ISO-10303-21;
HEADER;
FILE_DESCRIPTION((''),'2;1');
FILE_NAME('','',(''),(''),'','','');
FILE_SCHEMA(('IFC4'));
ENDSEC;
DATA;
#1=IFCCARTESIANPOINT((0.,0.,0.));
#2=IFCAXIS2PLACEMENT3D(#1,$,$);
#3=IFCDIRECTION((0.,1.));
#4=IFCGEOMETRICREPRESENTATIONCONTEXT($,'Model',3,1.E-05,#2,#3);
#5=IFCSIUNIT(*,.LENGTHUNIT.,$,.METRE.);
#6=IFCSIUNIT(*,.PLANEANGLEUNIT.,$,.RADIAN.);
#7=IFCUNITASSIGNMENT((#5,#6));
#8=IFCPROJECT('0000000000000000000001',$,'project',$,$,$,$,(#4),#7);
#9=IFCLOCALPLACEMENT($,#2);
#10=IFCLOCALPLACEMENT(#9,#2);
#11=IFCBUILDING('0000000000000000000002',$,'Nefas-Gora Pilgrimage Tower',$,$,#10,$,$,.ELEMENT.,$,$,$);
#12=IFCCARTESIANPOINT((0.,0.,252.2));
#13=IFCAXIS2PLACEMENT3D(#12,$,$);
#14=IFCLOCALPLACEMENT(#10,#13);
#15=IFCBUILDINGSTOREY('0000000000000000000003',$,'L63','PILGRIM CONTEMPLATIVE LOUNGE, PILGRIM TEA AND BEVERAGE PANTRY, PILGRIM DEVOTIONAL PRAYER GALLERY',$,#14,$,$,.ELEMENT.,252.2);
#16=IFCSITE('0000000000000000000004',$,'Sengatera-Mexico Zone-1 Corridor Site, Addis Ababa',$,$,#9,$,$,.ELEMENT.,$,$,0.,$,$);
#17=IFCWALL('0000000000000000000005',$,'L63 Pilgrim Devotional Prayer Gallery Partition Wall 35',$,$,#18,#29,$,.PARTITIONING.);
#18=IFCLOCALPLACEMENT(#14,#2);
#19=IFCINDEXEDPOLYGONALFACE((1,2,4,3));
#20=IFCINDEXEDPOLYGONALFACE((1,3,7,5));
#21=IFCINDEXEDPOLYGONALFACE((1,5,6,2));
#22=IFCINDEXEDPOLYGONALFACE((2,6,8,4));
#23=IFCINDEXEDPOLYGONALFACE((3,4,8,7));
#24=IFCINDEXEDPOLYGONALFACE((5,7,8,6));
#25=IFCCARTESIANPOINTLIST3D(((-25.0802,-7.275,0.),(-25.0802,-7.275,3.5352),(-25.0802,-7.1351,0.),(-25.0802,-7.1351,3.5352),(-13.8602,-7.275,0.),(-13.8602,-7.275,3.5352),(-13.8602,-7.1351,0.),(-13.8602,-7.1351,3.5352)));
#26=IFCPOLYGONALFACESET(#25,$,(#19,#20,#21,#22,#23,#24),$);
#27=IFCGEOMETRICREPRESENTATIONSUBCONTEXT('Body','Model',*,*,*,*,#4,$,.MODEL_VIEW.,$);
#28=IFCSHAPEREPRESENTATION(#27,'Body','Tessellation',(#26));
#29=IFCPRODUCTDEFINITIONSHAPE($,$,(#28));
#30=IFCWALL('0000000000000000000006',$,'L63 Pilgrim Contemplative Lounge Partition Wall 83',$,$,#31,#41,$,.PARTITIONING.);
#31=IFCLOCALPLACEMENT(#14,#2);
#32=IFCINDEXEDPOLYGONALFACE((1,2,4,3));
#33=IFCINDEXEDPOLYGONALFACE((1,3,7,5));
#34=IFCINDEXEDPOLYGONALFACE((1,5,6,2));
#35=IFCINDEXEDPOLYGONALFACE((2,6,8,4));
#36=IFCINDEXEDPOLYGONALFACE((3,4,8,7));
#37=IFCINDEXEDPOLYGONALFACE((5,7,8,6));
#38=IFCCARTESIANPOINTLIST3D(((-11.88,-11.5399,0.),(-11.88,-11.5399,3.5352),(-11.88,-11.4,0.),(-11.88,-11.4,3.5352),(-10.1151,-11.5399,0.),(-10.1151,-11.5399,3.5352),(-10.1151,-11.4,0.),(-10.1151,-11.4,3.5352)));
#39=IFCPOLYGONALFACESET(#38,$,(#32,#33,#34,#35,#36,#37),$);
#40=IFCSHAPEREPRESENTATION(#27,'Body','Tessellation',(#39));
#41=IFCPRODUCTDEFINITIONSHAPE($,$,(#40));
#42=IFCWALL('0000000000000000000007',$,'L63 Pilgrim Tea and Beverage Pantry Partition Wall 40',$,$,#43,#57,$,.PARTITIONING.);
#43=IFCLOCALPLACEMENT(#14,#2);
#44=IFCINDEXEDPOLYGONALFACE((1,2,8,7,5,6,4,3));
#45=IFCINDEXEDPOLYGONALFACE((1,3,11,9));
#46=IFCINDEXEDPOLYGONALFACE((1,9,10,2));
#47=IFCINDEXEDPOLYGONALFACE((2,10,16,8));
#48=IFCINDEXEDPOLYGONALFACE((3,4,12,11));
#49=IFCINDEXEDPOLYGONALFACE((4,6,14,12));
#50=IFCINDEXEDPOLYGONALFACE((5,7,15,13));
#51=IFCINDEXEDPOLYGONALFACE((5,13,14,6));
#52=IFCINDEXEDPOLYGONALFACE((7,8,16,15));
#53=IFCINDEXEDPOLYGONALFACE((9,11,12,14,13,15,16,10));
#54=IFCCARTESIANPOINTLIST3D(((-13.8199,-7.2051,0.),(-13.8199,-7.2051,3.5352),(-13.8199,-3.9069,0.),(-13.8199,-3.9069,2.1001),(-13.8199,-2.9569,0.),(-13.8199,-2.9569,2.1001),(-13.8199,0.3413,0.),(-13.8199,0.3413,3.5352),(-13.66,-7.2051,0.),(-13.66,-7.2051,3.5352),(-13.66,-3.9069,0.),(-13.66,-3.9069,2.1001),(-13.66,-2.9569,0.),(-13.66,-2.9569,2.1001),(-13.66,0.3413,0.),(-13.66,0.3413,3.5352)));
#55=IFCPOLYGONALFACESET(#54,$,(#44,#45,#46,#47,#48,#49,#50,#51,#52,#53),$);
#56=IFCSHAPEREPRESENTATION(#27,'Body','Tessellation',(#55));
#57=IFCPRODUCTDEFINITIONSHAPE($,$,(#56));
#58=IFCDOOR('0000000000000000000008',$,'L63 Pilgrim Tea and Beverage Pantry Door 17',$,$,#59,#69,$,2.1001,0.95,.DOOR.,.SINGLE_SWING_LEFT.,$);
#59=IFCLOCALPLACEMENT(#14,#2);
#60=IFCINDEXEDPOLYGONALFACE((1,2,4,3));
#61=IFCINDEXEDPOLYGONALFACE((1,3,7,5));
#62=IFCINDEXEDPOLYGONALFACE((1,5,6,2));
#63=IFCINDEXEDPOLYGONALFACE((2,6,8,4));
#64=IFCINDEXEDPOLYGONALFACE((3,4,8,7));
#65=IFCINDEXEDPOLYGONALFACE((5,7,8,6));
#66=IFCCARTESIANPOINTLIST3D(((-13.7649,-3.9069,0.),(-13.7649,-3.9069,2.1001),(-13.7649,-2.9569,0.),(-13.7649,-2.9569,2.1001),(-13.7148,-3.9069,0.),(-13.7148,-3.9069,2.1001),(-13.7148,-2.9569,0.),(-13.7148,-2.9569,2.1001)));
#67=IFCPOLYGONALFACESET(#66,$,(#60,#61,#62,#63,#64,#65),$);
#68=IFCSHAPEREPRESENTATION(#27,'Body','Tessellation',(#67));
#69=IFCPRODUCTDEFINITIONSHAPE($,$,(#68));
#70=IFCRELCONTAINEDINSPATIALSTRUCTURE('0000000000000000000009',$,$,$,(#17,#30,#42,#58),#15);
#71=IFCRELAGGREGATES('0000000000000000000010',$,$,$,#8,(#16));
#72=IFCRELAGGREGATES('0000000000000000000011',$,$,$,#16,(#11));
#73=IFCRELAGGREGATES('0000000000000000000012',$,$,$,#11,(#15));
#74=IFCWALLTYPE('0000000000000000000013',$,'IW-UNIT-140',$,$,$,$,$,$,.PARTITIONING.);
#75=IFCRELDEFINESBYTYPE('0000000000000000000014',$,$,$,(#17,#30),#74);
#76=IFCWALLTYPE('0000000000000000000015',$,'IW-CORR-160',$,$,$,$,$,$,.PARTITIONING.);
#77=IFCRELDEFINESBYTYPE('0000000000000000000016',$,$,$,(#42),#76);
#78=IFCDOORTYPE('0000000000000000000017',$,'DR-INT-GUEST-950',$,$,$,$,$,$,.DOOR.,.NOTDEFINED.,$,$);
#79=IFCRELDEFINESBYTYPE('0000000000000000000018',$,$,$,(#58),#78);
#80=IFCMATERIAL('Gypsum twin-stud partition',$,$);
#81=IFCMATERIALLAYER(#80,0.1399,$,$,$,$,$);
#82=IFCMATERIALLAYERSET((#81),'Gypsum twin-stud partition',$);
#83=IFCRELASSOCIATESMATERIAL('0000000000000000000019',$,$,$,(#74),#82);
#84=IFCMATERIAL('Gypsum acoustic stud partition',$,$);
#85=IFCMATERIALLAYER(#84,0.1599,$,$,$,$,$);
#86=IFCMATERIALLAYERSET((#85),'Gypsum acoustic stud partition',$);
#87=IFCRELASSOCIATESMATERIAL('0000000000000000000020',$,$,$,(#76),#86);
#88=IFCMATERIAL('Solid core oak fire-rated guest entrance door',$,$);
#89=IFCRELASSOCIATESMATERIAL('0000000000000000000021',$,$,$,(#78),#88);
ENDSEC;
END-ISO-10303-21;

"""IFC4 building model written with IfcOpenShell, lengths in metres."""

from ifc_helpers import new_model, si_unit, direction, frame, frame_2d, origin, place, context, subcontext, project, spatial, rectangle, extrude, source, transform, mapped, material, layer, layer_set, type_object, element, fill, save


model = new_model("IFC4")

# Units and contexts
model_context = context("Model", 3, precision=1e-05, world=origin(), true_north=direction((0.0, 1.0)))
body_context = subcontext(model_context, "Body", "Model", "MODEL_VIEW")
ifc_project = project(units=[si_unit("LENGTHUNIT", "METRE"), si_unit("PLANEANGLEUNIT", "RADIAN")], contexts=[model_context])

# Site, building, storey
site_placement = place(None, origin())
site = spatial("IfcSite", under=ifc_project, at=site_placement, Name="Sengatera-Mexico Zone-1 Corridor Site, Addis Ababa", CompositionType="ELEMENT", RefElevation=0.0)
building_placement = place(site_placement, origin())
building = spatial("IfcBuilding", under=site, at=building_placement, Name="Nefas-Gora Pilgrimage Tower", CompositionType="ELEMENT")
storey_placement = place(building_placement, frame((0.0, 0.0, 252.2)))
storey = spatial("IfcBuildingStorey", under=building, at=storey_placement, Name="L63", Description="PILGRIM CONTEMPLATIVE LOUNGE, PILGRIM TEA AND BEVERAGE PANTRY, PILGRIM DEVOTIONAL PRAYER GALLERY", CompositionType="ELEMENT", Elevation=252.2)

# Walls
ifc_material_1 = material(Name="Gypsum twin-stud partition")
ifc_layer_1 = layer(ifc_material_1, 0.1399)
ifc_layer_set_1 = layer_set([ifc_layer_1], Name="Gypsum twin-stud partition")
wall_type_1 = type_object("IfcWallType", Name="IW-UNIT-140", PredefinedType="PARTITIONING", material=ifc_layer_set_1)
shared_shape_1 = source(origin(), body_context, "Body", "SweptSolid", [
    extrude(rectangle(XDim=11.22, YDim=0.1399, at=frame_2d((5.6099, 0.0))), origin(), (0.0, 0.0, 1.0), 3.5352),
])
wall_1_placement = place(storey_placement, frame((-25.0801, -7.2051, 0.0), z_axis=(0.0, 0.0, 1.0), x_axis=(1.0, 0.0, 0.0)))
element("IfcWall", 1, at=wall_1_placement, inside=storey, type_object=wall_type_1, Name="L63 Pilgrim Devotional Prayer Gallery Partition Wall 35", PredefinedType="PARTITIONING", context=body_context, shape_type="MappedRepresentation", body=[
    mapped(shared_shape_1, transform((0.0, 0.0, 0.0), x_axis=(1.0, 0.0, 0.0), y_axis=(0.0, 1.0, 0.0), z_axis=(0.0, 0.0, 1.0), scale=1.0)),
])
shared_shape_2 = source(origin(), body_context, "Body", "SweptSolid", [
    extrude(rectangle(XDim=1.7649, YDim=0.1399, at=frame_2d((0.8823, 0.0))), origin(), (0.0, 0.0, 1.0), 3.5352),
])
wall_2_placement = place(storey_placement, frame((-11.8799, -11.47, 0.0), z_axis=(0.0, 0.0, 1.0), x_axis=(1.0, 0.0, 0.0)))
element("IfcWall", 2, at=wall_2_placement, inside=storey, type_object=wall_type_1, Name="L63 Pilgrim Contemplative Lounge Partition Wall 83", PredefinedType="PARTITIONING", context=body_context, shape_type="MappedRepresentation", body=[
    mapped(shared_shape_2, transform((0.0, 0.0, 0.0), x_axis=(1.0, 0.0, 0.0), y_axis=(0.0, 1.0, 0.0), z_axis=(0.0, 0.0, 1.0), scale=1.0)),
])

# Wall, opening, door
ifc_material_2 = material(Name="Gypsum acoustic stud partition")
ifc_layer_2 = layer(ifc_material_2, 0.1599)
ifc_layer_set_2 = layer_set([ifc_layer_2], Name="Gypsum acoustic stud partition")
wall_type_2 = type_object("IfcWallType", Name="IW-CORR-160", PredefinedType="PARTITIONING", material=ifc_layer_set_2)
shared_shape_3 = source(origin(), body_context, "Body", "SweptSolid", [
    extrude(rectangle(XDim=7.5464, YDim=0.1599, at=frame_2d((3.7732, 0.0))), origin(), (0.0, 0.0, 1.0), 3.5352),
])
wall_3_placement = place(storey_placement, frame((-13.74, -7.2051, 0.0), z_axis=(0.0, 0.0, 1.0), x_axis=(0.0, 1.0, 0.0)))
wall_3 = element("IfcWall", 3, at=wall_3_placement, inside=storey, type_object=wall_type_2, Name="L63 Pilgrim Tea and Beverage Pantry Partition Wall 40", PredefinedType="PARTITIONING", context=body_context, shape_type="MappedRepresentation", body=[
    mapped(shared_shape_3, transform((0.0, 0.0, 0.0), x_axis=(1.0, 0.0, 0.0), y_axis=(0.0, 1.0, 0.0), z_axis=(0.0, 0.0, 1.0), scale=1.0)),
])
opening_1_placement = place(wall_3_placement, frame((3.2981, 0.0, 0.0)))
opening_1 = element("IfcOpeningElement", 4, at=opening_1_placement, cuts=wall_3, PredefinedType="OPENING", context=body_context, shape_type="SweptSolid", body=[
    extrude(rectangle(XDim=0.95, YDim=2.1001, at=frame_2d((0.4751, 1.05))), frame((0.0, 0.0898, 0.0), z_axis=(0.0, -1.0, 0.0), x_axis=(1.0, 0.0, 0.0)), (0.0, 0.0, 1.0), 0.1799),
])
ifc_material_3 = material(Name="Solid core oak fire-rated guest entrance door")
door_type_1 = type_object("IfcDoorType", Name="DR-INT-GUEST-950", OperationType="NOTDEFINED", PredefinedType="DOOR", material=ifc_material_3)
shared_shape_4 = source(origin(), body_context, "Body", "SweptSolid", [
    extrude(rectangle(XDim=0.95, YDim=2.1001, at=frame_2d((0.4751, 1.05))), frame((0.0, 0.0249, 0.0), z_axis=(0.0, -1.0, 0.0), x_axis=(1.0, 0.0, 0.0)), (0.0, 0.0, 1.0), 0.05),
])
door_1_placement = place(opening_1_placement, origin())
door_1 = element("IfcDoor", 5, at=door_1_placement, inside=storey, type_object=door_type_1, Name="L63 Pilgrim Tea and Beverage Pantry Door 17", OperationType="SINGLE_SWING_LEFT", OverallHeight=2.1001, OverallWidth=0.95, PredefinedType="DOOR", context=body_context, shape_type="MappedRepresentation", body=[
    mapped(shared_shape_4, transform((0.0, 0.0, 0.0), x_axis=(1.0, 0.0, 0.0), y_axis=(0.0, 1.0, 0.0), z_axis=(0.0, 0.0, 1.0), scale=1.0)),
])
fill(opening_1, door_1)

save(model, "model.ifc")
